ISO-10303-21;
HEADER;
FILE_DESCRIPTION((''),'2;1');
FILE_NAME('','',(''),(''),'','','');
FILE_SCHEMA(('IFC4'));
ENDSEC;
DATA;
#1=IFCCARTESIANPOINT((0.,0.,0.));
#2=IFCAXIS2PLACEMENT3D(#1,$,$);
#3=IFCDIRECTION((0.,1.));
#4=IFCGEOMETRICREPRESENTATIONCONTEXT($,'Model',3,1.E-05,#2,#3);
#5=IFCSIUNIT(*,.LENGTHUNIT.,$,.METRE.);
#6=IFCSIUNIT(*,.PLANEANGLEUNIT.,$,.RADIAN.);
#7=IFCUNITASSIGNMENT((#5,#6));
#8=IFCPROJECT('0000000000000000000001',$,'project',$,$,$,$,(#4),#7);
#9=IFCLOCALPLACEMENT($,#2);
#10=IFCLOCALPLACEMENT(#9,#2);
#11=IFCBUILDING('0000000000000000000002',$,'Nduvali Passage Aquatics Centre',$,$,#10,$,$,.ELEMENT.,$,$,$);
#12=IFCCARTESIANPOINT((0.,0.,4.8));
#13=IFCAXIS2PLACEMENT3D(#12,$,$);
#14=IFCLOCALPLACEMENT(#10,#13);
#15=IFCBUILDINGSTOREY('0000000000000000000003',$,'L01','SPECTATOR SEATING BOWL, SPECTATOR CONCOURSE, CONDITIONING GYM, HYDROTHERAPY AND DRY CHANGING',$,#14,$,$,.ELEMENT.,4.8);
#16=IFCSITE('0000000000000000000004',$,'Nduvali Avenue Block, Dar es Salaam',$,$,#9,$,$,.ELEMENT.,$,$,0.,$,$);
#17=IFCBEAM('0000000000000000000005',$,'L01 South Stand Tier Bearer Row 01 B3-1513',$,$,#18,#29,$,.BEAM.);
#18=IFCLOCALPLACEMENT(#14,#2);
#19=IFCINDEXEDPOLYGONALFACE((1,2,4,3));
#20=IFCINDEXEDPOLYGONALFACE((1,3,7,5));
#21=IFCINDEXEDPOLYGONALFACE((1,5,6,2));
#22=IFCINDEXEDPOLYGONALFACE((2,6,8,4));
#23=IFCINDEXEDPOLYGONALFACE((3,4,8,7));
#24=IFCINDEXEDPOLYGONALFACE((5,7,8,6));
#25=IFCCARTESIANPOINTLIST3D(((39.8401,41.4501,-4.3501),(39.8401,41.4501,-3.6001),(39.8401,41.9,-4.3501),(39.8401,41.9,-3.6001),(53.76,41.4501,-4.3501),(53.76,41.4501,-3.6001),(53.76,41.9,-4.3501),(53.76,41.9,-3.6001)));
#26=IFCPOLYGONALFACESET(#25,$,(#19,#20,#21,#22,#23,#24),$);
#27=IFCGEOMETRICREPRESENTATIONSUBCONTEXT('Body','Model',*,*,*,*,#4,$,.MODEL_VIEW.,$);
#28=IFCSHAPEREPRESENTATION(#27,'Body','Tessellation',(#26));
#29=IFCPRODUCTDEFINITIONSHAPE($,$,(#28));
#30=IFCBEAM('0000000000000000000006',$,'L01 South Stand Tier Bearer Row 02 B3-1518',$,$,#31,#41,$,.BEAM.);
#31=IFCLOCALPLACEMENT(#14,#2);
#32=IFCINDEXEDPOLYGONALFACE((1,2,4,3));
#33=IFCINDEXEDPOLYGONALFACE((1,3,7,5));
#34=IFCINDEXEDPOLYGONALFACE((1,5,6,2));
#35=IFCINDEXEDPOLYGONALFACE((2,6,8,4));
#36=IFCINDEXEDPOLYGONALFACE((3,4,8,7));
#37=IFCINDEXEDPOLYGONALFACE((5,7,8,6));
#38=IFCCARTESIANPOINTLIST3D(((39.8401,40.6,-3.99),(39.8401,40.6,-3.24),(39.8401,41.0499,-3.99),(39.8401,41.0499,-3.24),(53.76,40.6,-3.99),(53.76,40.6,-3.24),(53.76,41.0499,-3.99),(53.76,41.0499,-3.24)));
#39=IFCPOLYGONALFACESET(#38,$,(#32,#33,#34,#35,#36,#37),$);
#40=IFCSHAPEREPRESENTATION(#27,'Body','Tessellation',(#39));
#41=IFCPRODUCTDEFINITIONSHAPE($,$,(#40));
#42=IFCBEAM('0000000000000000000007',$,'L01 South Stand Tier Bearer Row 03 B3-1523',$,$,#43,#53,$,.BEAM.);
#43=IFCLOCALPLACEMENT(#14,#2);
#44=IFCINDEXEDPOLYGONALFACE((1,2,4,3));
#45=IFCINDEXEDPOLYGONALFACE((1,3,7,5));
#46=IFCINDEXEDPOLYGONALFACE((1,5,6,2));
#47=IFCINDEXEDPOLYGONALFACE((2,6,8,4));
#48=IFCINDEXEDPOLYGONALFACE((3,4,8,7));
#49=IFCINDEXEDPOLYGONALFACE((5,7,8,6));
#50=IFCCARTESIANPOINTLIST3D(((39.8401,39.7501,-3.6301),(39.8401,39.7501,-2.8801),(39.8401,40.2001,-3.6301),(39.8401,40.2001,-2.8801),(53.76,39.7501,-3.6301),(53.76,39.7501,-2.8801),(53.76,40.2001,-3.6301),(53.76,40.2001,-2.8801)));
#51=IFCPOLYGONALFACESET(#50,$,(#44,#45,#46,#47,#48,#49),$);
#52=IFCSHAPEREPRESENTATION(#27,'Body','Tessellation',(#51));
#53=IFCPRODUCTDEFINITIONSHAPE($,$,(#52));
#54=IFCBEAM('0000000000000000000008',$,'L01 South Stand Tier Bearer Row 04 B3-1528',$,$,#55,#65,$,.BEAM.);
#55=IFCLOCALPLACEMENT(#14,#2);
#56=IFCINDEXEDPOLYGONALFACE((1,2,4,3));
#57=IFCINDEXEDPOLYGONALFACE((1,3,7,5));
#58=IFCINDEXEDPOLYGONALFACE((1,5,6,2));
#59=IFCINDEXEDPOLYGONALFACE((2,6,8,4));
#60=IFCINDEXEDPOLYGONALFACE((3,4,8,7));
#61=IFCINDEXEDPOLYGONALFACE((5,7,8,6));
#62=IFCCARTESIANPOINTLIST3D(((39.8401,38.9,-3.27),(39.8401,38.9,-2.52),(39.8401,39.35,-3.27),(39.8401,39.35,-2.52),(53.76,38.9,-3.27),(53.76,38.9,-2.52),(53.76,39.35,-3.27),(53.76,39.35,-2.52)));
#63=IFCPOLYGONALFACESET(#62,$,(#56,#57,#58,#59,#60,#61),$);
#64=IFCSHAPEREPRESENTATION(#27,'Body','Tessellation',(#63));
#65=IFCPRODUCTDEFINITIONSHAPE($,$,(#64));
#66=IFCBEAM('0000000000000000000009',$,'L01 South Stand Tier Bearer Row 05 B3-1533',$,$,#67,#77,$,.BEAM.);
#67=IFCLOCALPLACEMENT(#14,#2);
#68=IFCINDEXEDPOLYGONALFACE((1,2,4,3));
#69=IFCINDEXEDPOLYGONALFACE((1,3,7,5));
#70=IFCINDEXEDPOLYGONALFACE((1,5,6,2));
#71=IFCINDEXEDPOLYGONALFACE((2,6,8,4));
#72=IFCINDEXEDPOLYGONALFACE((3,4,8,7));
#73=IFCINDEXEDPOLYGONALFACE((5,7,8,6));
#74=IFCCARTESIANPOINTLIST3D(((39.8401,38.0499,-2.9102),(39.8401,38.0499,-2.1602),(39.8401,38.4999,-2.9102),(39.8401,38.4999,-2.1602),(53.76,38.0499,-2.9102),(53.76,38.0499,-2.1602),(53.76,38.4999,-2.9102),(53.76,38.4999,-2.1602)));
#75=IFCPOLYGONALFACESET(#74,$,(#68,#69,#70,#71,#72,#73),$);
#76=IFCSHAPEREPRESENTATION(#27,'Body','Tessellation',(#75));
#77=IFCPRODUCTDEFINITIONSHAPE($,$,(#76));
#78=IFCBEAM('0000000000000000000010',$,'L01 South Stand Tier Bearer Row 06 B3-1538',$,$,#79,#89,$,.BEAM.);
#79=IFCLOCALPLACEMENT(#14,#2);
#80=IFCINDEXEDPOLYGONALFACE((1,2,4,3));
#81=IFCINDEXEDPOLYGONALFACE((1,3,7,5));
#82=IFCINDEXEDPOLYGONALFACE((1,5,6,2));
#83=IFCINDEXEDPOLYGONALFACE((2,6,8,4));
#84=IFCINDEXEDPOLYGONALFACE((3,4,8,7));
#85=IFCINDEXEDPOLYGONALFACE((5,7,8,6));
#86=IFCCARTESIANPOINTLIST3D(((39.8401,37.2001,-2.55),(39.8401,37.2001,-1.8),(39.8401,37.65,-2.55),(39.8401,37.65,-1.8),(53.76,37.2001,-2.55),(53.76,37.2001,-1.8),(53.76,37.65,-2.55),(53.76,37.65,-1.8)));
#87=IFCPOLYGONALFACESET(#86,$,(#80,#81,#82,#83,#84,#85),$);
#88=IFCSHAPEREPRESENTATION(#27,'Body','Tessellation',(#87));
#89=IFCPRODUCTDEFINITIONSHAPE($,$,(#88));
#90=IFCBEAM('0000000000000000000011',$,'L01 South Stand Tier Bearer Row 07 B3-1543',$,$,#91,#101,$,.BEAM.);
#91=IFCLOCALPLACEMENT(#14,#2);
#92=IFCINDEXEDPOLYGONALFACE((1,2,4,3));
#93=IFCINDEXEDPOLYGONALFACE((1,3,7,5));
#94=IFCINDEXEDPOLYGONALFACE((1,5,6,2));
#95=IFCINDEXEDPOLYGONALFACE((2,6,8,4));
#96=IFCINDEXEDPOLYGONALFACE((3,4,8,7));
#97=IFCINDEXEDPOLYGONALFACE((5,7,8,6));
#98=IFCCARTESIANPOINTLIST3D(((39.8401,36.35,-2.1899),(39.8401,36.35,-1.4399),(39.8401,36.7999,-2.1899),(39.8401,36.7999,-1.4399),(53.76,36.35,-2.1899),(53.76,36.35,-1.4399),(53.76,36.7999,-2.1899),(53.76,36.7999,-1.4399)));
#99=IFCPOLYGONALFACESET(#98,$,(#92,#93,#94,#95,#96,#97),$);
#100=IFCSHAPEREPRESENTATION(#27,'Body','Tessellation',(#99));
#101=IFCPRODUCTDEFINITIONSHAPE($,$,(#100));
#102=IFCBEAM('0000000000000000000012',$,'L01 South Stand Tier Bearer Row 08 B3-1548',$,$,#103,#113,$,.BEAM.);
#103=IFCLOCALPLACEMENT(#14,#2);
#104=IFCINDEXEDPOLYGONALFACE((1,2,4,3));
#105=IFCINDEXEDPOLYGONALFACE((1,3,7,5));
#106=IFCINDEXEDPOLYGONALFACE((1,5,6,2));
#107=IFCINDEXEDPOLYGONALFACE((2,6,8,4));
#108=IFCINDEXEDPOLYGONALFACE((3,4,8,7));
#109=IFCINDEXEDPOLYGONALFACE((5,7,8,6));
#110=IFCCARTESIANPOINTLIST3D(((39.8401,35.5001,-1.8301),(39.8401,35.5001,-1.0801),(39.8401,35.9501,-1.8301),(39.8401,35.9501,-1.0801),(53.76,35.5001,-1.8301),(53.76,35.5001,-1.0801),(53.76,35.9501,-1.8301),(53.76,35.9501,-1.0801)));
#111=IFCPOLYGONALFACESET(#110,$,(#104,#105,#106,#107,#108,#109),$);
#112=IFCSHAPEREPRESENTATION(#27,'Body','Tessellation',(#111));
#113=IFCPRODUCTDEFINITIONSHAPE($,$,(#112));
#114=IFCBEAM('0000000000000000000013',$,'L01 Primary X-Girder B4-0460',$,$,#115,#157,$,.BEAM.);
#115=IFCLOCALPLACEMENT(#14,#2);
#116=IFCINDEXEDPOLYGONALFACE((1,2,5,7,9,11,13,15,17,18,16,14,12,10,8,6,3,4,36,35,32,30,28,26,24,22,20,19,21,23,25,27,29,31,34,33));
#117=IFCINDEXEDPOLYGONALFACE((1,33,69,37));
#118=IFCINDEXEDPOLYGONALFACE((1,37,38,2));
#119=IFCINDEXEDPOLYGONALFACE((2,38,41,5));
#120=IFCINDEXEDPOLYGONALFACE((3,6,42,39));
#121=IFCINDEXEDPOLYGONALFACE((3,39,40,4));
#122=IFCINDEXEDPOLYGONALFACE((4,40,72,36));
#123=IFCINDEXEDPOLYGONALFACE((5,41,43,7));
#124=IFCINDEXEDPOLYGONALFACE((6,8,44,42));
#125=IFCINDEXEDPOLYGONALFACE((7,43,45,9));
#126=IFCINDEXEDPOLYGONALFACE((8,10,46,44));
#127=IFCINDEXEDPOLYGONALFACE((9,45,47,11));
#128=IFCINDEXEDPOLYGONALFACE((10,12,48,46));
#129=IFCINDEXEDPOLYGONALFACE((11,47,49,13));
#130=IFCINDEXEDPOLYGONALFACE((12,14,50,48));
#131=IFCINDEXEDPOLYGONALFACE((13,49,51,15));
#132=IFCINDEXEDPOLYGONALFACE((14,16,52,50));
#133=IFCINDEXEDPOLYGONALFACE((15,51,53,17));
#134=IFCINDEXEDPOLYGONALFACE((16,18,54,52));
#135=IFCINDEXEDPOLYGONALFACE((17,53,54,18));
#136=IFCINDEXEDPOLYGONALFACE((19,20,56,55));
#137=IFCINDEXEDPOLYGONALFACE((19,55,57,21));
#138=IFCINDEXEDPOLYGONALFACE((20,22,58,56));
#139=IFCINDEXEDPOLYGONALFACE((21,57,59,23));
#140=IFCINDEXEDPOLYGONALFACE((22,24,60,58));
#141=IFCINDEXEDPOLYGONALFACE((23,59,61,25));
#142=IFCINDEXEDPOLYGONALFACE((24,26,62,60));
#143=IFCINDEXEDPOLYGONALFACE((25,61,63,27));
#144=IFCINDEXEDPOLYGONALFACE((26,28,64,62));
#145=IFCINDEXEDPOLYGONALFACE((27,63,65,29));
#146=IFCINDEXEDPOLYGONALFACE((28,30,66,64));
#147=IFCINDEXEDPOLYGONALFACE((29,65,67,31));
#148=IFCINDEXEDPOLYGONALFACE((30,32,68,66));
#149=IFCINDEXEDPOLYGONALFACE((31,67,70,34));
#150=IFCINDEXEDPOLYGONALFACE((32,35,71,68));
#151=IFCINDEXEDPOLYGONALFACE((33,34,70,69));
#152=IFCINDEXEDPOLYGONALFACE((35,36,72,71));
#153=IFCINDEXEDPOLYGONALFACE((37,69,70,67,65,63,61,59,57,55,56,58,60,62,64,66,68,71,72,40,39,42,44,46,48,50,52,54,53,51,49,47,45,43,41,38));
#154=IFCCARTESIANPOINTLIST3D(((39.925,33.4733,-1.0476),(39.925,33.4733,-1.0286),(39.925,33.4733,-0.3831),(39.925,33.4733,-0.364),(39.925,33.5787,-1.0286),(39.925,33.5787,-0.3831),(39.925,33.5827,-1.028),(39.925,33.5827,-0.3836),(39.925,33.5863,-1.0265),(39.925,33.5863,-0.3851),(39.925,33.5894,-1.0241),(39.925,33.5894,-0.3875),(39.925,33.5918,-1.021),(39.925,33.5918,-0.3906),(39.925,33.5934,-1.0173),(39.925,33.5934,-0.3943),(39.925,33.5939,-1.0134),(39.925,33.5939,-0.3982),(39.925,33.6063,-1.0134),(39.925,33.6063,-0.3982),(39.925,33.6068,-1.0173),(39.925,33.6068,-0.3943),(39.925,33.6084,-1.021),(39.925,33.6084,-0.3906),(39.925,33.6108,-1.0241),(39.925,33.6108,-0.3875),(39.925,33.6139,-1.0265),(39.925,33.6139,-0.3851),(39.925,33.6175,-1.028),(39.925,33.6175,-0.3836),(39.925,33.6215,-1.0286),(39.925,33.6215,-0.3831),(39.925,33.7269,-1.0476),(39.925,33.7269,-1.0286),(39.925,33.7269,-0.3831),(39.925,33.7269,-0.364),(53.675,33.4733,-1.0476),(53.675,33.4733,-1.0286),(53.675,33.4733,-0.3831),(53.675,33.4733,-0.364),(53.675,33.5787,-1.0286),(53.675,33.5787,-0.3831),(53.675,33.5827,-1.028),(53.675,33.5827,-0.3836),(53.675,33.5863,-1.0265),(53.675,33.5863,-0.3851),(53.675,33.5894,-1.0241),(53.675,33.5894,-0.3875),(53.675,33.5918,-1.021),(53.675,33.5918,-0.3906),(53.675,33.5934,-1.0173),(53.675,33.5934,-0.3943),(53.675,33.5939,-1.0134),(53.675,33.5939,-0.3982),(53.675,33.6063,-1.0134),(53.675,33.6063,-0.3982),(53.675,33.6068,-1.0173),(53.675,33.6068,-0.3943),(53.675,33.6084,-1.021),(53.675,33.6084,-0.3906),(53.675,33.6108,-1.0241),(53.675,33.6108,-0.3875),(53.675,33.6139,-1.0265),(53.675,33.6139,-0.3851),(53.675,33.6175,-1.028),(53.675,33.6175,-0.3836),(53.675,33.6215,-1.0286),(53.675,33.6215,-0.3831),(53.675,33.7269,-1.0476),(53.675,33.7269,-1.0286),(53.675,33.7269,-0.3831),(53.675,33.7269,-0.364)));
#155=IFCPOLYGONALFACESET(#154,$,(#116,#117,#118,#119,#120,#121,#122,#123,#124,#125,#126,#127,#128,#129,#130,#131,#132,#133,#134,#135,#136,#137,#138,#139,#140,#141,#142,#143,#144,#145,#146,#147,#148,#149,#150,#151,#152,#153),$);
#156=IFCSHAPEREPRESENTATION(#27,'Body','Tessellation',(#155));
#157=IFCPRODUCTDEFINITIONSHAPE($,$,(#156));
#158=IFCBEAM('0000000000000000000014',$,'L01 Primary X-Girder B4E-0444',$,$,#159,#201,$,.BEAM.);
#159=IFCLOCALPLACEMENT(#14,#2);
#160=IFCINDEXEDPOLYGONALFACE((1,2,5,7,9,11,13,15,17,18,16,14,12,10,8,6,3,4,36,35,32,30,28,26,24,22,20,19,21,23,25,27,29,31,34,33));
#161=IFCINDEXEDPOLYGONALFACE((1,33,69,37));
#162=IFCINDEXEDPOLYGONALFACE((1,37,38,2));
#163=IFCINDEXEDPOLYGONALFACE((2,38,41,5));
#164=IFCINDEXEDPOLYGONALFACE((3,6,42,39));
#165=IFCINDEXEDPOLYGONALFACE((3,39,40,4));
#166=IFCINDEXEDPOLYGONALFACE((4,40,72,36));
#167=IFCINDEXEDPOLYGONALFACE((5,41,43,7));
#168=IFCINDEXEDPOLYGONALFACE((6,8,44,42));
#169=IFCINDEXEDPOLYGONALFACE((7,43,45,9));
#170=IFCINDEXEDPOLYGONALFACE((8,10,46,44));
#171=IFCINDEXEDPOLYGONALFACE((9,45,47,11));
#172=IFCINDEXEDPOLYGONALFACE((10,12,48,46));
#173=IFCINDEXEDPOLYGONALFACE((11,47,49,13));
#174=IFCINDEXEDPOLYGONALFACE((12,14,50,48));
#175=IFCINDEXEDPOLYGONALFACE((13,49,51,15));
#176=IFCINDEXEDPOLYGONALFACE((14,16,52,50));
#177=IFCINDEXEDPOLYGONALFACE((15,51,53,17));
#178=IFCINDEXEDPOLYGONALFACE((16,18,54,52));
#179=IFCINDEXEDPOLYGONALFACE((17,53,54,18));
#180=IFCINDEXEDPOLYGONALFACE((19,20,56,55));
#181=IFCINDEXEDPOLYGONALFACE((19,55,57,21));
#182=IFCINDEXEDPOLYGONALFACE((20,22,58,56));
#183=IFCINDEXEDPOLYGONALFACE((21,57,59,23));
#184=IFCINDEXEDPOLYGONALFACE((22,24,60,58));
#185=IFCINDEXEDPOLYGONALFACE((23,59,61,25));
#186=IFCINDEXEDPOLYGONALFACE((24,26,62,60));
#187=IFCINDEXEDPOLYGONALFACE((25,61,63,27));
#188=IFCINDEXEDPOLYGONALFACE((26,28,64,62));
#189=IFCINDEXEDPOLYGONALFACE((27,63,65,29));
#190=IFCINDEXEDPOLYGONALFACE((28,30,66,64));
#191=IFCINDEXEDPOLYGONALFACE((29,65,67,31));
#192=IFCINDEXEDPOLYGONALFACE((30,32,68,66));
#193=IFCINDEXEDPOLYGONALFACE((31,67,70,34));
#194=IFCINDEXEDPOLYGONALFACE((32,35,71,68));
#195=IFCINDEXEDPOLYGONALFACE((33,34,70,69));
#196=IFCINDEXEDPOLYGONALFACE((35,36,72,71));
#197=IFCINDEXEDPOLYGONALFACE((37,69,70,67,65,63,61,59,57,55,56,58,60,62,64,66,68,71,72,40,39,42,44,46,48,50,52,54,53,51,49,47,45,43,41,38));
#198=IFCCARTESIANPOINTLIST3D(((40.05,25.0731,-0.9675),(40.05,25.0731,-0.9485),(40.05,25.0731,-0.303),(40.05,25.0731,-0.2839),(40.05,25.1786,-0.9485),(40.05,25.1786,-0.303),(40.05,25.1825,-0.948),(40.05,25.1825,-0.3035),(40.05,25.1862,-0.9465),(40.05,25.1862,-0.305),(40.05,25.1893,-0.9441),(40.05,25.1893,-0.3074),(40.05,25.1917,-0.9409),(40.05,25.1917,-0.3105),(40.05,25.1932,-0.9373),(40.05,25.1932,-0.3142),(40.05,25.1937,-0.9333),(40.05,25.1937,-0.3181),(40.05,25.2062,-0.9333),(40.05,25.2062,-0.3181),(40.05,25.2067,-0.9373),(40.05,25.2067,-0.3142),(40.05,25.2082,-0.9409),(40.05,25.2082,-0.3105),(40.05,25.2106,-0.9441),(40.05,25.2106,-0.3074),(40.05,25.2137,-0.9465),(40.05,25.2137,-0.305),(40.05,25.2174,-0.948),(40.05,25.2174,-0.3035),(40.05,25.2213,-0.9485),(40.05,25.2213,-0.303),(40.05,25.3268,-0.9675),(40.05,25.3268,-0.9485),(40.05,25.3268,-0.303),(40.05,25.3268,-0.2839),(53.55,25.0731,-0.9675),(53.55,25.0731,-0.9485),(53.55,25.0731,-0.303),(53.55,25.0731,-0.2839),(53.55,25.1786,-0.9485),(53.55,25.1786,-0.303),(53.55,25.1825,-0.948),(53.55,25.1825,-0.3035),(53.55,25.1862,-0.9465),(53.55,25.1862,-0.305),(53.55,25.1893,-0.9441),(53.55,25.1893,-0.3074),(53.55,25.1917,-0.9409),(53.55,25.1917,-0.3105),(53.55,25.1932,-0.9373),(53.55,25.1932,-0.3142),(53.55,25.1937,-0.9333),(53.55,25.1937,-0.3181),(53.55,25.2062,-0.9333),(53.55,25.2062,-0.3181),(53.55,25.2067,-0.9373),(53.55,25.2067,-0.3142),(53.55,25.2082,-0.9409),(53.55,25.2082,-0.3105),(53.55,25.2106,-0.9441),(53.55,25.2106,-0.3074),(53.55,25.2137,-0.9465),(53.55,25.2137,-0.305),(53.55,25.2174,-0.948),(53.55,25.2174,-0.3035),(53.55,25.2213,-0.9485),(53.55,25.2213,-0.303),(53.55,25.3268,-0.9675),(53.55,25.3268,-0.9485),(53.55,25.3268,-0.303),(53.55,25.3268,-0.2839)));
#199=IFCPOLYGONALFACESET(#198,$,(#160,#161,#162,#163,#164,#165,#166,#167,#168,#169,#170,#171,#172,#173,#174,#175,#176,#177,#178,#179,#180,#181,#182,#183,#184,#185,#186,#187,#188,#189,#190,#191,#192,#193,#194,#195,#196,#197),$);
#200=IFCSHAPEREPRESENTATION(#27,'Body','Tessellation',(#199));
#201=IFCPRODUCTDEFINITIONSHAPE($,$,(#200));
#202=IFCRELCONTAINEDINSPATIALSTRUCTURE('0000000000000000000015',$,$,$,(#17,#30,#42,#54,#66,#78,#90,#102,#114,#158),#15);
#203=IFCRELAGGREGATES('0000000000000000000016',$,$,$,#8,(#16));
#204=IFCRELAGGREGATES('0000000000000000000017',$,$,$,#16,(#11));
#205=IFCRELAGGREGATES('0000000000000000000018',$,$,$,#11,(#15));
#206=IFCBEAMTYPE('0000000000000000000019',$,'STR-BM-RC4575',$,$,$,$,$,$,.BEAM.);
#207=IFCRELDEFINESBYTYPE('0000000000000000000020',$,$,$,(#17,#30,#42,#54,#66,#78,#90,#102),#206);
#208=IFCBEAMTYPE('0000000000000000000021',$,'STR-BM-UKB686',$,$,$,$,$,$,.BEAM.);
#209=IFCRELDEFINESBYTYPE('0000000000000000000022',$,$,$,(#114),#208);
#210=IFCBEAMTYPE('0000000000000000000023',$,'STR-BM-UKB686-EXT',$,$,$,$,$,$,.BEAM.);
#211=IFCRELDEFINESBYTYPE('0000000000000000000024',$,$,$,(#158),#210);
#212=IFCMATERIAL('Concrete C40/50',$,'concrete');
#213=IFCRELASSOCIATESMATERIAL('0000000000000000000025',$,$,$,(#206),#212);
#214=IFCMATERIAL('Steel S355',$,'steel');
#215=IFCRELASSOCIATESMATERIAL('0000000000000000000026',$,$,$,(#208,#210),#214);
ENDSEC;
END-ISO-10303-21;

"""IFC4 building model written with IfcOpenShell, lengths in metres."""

from ifc_helpers import new_model, si_unit, direction, frame, origin, origin_2d, place, context, subcontext, project, spatial, rectangle, i_section, extrude, material, material_profile, profile_set, type_object, element, save


model = new_model("IFC4")

# Units and contexts
model_context = context("Model", 3, precision=1e-05, world=origin(), true_north=direction((0.0, 1.0)))
body_context = subcontext(model_context, "Body", "Model", "MODEL_VIEW")
ifc_project = project(units=[si_unit("LENGTHUNIT", "METRE"), si_unit("PLANEANGLEUNIT", "RADIAN")], contexts=[model_context])

# Site, building, storey
site_placement = place(None, origin())
site = spatial("IfcSite", under=ifc_project, at=site_placement, Name="Nduvali Avenue Block, Dar es Salaam", CompositionType="ELEMENT", RefElevation=0.0)
building_placement = place(site_placement, origin())
building = spatial("IfcBuilding", under=site, at=building_placement, Name="Nduvali Passage Aquatics Centre", CompositionType="ELEMENT")
storey_placement = place(building_placement, frame((0.0, 0.0, 4.8)))
storey = spatial("IfcBuildingStorey", under=building, at=storey_placement, Name="L01", Description="SPECTATOR SEATING BOWL, SPECTATOR CONCOURSE, CONDITIONING GYM, HYDROTHERAPY AND DRY CHANGING", CompositionType="ELEMENT", Elevation=4.8)

# Beams
ifc_material_1 = material(Name="Concrete C40/50", Category="concrete")
ifc_material_profile_1 = material_profile(ifc_material_1, rectangle(XDim=0.45, YDim=0.75, at=origin_2d()), Name="RC 450x750")
ifc_profile_set_1 = profile_set([ifc_material_profile_1], Name="Concrete C40/50")
beam_type_1 = type_object("IfcBeamType", Name="STR-BM-RC4575", PredefinedType="BEAM", material=ifc_profile_set_1)
for number, where, z_axis, x_axis, name in (
    (1, (39.8401, 41.675, -3.9751), (1.0, 0.0, 0.0), (0.0, 1.0, 0.0), "L01 South Stand Tier Bearer Row 01 B3-1513"),
    (2, (39.8401, 40.825, -3.615), (1.0, 0.0, 0.0), (0.0, 1.0, 0.0), "L01 South Stand Tier Bearer Row 02 B3-1518"),
    (3, (39.8401, 39.9751, -3.2551), (1.0, 0.0, 0.0), (0.0, 1.0, 0.0), "L01 South Stand Tier Bearer Row 03 B3-1523"),
    (4, (39.8401, 39.125, -2.895), (1.0, 0.0, 0.0), (0.0, 1.0, 0.0), "L01 South Stand Tier Bearer Row 04 B3-1528"),
    (5, (39.8401, 38.2749, -2.5352), (1.0, 0.0, 0.0), (0.0, 1.0, 0.0), "L01 South Stand Tier Bearer Row 05 B3-1533"),
    (6, (39.8401, 37.425, -2.175), (1.0, 0.0, 0.0), (0.0, 1.0, 0.0), "L01 South Stand Tier Bearer Row 06 B3-1538"),
    (7, (39.8401, 36.575, -1.8149), (1.0, 0.0, 0.0), (0.0, 1.0, 0.0), "L01 South Stand Tier Bearer Row 07 B3-1543"),
    (8, (39.8401, 35.7251, -1.4551), (1.0, 0.0, 0.0), (0.0, 1.0, 0.0), "L01 South Stand Tier Bearer Row 08 B3-1548"),
):
    element("IfcBeam", number, at=place(storey_placement, frame(where, z_axis=z_axis, x_axis=x_axis)), inside=storey, type_object=beam_type_1, Name=name, PredefinedType="BEAM", context=body_context, shape_type="SweptSolid", body=[
        extrude(rectangle(XDim=0.45, YDim=0.75, at=origin_2d()), origin(), (0.0, 0.0, 1.0), 13.9199),
    ])
ifc_material_2 = material(Name="Steel S355", Category="steel")
ifc_material_profile_2 = material_profile(ifc_material_2, i_section(OverallWidth=0.2537, OverallDepth=0.6836, WebThickness=0.0125, FlangeThickness=0.019, FilletRadius=0.0151, at=origin_2d()), Name="UKB 686x254x140")
ifc_profile_set_2 = profile_set([ifc_material_profile_2], Name="Steel S355")
beam_type_2 = type_object("IfcBeamType", Name="STR-BM-UKB686", PredefinedType="BEAM", material=ifc_profile_set_2)
beam_1_placement = place(storey_placement, frame((39.925, 33.6001, -0.7058), z_axis=(1.0, 0.0, 0.0), x_axis=(0.0, 1.0, 0.0)))
element("IfcBeam", 9, at=beam_1_placement, inside=storey, type_object=beam_type_2, Name="L01 Primary X-Girder B4-0460", PredefinedType="BEAM", context=body_context, shape_type="SweptSolid", body=[
    extrude(i_section(OverallWidth=0.2537, OverallDepth=0.6836, WebThickness=0.0125, FlangeThickness=0.019, FilletRadius=0.0151, at=origin_2d()), origin(), (0.0, 0.0, 1.0), 13.75),
])
ifc_material_profile_3 = material_profile(ifc_material_2, i_section(OverallWidth=0.2537, OverallDepth=0.6836, WebThickness=0.0125, FlangeThickness=0.019, FilletRadius=0.0151, at=origin_2d()), Name="UKB 686x254x140")
ifc_profile_set_3 = profile_set([ifc_material_profile_3], Name="Steel S355")
beam_type_3 = type_object("IfcBeamType", Name="STR-BM-UKB686-EXT", PredefinedType="BEAM", material=ifc_profile_set_3)
beam_2_placement = place(storey_placement, frame((40.05, 25.2, -0.6257), z_axis=(1.0, 0.0, 0.0), x_axis=(0.0, 1.0, 0.0)))
element("IfcBeam", 10, at=beam_2_placement, inside=storey, type_object=beam_type_3, Name="L01 Primary X-Girder B4E-0444", PredefinedType="BEAM", context=body_context, shape_type="SweptSolid", body=[
    extrude(i_section(OverallWidth=0.2537, OverallDepth=0.6836, WebThickness=0.0125, FlangeThickness=0.019, FilletRadius=0.0151, at=origin_2d()), origin(), (0.0, 0.0, 1.0), 13.5),
])

save(model, "model.ifc")
